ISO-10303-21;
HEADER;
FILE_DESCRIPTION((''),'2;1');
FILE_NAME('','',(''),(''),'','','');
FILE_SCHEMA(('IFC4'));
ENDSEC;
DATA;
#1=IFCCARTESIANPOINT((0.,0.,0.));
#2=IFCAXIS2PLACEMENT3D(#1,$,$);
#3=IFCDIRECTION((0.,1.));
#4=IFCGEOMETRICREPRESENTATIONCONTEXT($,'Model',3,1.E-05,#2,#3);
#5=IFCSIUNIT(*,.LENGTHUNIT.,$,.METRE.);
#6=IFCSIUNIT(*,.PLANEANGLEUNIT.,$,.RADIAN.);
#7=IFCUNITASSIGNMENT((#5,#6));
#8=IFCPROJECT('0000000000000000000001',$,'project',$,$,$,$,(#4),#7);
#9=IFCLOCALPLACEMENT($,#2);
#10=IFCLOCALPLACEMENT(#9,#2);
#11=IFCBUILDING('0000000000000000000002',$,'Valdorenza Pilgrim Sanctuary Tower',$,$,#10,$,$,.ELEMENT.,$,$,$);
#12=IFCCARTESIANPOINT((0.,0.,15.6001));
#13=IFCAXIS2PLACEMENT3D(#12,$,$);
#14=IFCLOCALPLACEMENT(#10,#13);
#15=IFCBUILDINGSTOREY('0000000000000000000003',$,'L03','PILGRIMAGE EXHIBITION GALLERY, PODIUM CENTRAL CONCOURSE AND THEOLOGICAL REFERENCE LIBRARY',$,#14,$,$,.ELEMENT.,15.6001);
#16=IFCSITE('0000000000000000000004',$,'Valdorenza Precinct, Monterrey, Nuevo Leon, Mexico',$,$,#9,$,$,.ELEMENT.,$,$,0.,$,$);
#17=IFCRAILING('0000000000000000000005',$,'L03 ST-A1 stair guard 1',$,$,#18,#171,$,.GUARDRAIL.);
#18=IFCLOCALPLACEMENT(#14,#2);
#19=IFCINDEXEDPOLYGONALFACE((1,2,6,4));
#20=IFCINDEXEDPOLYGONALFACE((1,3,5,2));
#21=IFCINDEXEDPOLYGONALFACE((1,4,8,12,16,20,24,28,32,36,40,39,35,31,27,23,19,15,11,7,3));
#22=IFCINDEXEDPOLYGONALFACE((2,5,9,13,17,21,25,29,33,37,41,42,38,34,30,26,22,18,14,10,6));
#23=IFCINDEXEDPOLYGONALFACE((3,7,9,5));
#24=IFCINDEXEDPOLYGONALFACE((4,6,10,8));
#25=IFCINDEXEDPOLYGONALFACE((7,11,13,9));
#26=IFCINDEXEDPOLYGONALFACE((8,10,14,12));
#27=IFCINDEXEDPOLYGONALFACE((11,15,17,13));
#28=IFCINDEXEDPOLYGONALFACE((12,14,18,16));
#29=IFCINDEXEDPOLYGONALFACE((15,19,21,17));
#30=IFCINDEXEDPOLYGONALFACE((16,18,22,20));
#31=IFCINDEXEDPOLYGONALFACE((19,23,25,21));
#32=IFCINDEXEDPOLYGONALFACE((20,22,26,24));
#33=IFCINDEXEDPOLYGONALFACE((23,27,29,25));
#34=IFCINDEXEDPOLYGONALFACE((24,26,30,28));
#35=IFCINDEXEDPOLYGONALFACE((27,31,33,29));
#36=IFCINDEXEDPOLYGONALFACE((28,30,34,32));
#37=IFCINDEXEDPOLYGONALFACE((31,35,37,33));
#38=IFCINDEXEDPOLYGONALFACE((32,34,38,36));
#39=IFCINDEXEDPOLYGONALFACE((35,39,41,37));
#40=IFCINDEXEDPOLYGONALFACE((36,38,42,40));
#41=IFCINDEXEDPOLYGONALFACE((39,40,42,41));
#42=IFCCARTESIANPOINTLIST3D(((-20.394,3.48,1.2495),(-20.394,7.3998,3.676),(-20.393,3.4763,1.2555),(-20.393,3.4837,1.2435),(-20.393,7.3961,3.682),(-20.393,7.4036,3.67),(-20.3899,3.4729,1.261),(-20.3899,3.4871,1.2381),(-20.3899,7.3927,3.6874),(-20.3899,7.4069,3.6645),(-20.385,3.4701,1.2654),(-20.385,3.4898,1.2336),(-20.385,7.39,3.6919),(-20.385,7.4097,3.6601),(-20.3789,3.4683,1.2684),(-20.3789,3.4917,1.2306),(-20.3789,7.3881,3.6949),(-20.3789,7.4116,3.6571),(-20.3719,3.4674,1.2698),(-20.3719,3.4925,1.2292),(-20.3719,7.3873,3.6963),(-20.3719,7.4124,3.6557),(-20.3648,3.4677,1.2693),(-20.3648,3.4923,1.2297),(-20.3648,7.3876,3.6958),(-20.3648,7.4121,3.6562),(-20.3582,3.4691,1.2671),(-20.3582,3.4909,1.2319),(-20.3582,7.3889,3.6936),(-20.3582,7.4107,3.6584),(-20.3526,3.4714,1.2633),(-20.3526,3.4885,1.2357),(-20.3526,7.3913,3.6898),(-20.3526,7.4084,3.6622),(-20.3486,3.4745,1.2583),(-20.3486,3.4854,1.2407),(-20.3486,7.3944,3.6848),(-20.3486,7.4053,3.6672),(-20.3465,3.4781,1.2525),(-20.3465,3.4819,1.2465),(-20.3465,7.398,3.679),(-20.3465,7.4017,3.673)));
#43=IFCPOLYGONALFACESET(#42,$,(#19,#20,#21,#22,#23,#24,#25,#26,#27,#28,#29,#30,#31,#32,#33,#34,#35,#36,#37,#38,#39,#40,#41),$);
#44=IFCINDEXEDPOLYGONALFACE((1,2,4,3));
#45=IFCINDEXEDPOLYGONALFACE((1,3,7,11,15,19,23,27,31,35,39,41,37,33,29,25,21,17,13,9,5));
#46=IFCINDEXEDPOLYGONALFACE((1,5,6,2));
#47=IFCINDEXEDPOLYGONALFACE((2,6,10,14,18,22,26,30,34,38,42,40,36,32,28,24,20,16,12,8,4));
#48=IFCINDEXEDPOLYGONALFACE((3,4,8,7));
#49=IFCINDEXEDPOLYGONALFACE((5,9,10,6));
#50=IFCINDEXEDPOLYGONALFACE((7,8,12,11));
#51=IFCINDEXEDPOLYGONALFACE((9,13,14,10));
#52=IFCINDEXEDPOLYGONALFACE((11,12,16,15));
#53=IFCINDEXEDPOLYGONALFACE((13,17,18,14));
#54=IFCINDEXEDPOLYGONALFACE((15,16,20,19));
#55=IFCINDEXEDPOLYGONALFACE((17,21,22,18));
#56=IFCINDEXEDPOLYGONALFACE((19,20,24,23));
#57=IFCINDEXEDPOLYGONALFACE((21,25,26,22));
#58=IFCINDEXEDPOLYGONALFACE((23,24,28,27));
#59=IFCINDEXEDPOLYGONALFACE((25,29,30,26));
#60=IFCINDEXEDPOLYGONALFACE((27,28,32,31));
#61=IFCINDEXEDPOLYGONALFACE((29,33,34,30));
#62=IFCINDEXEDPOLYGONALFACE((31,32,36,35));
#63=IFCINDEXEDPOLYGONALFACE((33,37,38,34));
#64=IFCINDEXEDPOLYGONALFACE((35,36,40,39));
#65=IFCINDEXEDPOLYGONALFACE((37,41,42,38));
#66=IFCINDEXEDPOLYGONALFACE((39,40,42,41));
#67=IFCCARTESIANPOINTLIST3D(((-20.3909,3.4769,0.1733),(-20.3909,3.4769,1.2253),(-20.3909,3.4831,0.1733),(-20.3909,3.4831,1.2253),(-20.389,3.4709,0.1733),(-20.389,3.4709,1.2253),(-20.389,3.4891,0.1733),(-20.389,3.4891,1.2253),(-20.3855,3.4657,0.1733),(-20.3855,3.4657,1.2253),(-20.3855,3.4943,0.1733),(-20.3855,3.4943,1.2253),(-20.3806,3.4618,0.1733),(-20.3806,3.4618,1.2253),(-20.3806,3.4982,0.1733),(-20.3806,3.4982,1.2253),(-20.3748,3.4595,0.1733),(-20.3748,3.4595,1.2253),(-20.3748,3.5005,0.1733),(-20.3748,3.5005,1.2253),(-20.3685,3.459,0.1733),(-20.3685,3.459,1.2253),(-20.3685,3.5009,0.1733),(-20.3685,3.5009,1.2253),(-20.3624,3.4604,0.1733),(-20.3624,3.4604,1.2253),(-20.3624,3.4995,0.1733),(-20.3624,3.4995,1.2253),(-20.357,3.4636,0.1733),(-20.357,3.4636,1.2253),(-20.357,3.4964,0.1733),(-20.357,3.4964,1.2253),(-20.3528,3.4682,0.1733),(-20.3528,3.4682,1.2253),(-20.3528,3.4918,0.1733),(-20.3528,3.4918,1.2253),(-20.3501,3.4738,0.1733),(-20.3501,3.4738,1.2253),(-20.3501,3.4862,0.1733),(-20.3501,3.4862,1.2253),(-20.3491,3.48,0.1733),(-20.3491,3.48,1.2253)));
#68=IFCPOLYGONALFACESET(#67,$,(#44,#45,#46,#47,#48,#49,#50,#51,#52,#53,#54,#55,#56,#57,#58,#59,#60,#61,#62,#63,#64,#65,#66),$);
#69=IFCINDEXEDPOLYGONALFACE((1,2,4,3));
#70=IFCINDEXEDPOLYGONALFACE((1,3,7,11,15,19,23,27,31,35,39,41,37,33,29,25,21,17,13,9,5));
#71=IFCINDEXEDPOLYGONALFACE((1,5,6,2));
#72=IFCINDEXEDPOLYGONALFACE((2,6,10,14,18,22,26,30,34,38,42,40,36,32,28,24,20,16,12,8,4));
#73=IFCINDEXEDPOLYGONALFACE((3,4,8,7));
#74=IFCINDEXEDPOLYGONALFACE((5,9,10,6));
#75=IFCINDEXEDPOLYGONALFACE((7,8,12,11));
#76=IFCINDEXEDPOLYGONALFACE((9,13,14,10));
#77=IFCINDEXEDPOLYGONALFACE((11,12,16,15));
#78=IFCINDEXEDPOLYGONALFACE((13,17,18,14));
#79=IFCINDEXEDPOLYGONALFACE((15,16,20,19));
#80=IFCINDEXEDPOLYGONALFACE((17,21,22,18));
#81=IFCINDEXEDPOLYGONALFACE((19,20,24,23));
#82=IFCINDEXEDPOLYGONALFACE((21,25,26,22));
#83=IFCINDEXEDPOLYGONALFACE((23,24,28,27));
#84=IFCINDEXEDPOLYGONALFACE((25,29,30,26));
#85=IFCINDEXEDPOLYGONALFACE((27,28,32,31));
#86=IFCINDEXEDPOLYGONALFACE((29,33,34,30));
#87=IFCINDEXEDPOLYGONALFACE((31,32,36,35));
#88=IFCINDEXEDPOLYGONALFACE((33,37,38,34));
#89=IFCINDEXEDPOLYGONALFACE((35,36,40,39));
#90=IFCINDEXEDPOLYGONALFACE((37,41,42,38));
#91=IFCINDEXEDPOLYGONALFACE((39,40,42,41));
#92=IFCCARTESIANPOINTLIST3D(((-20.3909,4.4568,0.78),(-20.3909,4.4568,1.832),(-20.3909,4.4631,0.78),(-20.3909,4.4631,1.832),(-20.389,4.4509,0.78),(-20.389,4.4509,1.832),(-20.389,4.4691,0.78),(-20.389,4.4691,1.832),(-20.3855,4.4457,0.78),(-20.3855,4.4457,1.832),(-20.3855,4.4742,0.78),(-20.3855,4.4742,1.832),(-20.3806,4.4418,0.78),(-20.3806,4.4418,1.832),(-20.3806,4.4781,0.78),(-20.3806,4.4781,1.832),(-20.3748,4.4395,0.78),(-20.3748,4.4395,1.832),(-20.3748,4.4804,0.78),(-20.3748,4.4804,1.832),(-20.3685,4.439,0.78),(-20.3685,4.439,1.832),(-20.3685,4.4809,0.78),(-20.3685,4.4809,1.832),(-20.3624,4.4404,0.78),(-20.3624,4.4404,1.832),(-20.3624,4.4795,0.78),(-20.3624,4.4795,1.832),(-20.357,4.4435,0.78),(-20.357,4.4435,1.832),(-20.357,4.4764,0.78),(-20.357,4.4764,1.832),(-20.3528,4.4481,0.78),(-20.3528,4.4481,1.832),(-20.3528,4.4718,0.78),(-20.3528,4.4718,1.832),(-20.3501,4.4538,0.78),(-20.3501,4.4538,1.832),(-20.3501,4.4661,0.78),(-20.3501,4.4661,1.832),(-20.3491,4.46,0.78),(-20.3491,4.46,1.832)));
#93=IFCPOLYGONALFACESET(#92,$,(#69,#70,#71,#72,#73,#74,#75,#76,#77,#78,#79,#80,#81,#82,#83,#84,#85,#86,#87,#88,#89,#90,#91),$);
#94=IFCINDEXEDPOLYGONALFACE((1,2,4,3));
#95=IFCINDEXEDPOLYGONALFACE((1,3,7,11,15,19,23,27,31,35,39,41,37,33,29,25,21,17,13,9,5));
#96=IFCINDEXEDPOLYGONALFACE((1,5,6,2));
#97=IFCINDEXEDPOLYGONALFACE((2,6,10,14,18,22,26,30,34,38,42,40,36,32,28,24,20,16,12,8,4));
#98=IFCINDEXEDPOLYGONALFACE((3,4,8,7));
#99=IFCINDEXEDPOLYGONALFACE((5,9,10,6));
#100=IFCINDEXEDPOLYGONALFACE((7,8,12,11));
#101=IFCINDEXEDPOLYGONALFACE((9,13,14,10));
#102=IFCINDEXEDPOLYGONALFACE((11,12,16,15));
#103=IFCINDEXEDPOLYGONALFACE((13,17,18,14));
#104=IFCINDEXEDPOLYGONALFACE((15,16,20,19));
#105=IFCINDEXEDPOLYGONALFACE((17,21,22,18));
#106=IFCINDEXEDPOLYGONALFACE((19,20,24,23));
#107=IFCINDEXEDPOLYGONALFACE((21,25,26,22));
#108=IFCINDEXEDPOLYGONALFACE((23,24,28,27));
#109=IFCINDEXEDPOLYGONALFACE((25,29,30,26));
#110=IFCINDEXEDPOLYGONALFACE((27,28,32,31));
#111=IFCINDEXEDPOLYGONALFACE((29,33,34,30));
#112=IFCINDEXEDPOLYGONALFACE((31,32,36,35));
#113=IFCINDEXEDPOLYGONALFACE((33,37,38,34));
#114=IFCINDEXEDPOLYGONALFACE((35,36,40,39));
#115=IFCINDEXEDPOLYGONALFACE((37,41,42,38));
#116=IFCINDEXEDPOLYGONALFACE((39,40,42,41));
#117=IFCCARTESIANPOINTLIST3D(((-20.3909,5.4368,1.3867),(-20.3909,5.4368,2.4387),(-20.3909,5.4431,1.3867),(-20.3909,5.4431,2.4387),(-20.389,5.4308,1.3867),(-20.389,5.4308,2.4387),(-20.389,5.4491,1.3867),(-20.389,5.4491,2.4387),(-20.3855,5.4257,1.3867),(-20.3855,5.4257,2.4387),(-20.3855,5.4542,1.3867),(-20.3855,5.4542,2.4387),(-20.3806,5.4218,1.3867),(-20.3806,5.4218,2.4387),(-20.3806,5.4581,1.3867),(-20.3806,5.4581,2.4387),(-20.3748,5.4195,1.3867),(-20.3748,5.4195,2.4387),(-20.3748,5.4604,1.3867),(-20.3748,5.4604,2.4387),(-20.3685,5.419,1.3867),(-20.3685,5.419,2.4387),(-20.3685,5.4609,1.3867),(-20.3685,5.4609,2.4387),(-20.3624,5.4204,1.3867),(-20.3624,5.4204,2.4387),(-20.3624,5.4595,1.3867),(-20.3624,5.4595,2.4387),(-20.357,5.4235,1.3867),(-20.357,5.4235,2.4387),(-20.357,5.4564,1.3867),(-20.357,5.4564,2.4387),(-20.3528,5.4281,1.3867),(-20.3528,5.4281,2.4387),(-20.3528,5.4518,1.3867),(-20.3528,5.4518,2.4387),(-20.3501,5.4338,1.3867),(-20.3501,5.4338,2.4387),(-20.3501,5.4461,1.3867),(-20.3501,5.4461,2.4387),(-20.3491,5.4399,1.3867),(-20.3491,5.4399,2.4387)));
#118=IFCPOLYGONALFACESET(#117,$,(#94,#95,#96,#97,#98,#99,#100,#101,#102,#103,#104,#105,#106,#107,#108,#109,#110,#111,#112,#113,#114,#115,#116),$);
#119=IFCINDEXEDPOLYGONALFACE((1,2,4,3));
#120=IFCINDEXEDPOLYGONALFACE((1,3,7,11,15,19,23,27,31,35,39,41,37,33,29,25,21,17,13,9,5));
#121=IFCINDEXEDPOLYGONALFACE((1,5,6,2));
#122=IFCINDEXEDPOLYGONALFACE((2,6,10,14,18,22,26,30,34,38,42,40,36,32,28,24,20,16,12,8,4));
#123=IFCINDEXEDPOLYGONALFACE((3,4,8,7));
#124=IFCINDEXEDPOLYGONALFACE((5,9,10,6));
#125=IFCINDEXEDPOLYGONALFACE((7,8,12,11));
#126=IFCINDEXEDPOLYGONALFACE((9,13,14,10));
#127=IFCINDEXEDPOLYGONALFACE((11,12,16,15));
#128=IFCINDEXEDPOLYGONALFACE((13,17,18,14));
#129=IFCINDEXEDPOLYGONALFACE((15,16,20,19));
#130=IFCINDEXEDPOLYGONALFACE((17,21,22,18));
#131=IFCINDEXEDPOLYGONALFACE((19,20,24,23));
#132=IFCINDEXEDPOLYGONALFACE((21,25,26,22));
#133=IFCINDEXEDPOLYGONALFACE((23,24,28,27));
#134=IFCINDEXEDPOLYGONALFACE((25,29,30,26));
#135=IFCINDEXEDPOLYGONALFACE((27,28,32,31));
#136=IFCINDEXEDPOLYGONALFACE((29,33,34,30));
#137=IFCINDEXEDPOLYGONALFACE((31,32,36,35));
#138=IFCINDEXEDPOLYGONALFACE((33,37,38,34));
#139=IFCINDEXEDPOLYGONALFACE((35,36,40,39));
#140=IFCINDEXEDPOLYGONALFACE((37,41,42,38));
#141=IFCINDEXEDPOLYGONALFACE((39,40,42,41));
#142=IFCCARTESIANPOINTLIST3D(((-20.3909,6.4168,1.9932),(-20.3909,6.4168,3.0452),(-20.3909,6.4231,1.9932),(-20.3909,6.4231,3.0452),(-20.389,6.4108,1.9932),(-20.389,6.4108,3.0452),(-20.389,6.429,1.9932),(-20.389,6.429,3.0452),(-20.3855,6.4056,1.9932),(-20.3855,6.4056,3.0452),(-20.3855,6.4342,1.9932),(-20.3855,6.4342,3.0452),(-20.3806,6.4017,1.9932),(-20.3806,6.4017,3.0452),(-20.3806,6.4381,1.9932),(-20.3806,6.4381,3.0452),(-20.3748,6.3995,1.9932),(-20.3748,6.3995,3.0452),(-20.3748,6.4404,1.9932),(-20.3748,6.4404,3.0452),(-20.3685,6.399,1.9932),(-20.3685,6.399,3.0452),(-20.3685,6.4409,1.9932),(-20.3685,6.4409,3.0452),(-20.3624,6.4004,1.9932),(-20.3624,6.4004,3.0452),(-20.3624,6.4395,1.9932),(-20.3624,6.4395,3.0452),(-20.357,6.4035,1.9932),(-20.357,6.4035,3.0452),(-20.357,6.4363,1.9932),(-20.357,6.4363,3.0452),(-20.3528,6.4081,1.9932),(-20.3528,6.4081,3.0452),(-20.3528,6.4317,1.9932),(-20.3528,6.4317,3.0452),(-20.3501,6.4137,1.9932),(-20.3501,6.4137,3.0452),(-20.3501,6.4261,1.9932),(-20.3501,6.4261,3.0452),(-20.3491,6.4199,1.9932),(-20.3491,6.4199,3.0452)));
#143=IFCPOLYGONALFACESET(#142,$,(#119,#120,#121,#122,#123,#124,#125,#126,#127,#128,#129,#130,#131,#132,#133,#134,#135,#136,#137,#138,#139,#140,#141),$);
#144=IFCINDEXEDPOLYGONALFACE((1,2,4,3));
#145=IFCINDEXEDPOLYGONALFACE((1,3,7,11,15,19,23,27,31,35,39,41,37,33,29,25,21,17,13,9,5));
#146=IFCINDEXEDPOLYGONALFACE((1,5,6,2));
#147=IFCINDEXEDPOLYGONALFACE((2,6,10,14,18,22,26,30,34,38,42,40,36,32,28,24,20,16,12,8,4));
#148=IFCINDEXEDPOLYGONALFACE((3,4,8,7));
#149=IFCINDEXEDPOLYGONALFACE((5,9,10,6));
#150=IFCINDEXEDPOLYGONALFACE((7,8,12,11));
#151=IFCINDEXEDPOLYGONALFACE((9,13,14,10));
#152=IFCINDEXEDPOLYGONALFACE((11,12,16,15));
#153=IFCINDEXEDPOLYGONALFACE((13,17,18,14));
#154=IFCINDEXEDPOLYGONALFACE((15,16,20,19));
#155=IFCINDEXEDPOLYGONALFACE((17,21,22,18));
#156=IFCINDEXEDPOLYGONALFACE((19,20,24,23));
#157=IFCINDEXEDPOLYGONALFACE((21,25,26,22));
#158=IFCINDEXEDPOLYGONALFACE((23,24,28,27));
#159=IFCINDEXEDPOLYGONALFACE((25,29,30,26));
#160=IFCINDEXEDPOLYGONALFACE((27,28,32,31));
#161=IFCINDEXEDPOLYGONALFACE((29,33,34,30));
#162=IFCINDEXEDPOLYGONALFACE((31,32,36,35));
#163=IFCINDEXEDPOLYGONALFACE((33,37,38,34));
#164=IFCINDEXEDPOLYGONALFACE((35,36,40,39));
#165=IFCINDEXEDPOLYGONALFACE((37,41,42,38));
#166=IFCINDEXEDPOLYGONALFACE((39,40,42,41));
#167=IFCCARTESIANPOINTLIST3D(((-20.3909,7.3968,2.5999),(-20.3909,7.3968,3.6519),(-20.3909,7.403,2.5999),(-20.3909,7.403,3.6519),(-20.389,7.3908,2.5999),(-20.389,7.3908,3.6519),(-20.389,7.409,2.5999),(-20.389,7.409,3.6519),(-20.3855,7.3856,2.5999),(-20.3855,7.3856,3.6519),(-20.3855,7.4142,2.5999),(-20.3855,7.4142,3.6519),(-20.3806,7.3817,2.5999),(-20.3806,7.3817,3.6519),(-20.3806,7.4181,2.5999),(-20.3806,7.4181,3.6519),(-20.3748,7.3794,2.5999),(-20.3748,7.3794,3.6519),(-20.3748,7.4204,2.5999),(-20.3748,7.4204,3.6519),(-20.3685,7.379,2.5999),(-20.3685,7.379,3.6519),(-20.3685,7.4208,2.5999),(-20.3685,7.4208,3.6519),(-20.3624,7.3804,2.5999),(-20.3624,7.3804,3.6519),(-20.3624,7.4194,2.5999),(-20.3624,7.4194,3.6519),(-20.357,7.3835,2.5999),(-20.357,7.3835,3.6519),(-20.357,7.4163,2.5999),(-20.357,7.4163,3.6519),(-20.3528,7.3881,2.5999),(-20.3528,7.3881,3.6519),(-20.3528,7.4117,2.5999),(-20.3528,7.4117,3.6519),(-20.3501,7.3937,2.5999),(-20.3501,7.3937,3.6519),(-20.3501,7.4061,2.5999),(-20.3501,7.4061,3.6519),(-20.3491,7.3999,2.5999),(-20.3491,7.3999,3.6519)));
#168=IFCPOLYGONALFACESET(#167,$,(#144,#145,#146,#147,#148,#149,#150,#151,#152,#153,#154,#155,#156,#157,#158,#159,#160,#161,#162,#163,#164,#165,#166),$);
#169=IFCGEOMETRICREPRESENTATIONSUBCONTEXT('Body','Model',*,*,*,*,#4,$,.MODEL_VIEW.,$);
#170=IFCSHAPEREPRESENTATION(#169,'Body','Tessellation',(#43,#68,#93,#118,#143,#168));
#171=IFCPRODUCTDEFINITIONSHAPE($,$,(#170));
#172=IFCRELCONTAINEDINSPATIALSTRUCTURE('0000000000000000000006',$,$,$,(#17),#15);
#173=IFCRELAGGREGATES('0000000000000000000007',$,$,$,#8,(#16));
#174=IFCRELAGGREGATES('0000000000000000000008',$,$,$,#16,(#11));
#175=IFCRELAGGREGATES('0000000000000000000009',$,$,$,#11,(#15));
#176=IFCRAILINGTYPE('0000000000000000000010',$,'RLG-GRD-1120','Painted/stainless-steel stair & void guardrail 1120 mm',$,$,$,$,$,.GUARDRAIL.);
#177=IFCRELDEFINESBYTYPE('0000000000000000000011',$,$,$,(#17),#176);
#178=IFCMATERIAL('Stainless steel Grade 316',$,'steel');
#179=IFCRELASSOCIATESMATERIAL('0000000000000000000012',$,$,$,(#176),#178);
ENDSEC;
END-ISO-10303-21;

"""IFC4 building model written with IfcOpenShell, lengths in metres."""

from ifc_helpers import new_model, si_unit, direction, frame, origin, origin_2d, place, context, subcontext, project, spatial, circle, extrude, material, type_object, element, save


model = new_model("IFC4")

# Units and contexts
model_context = context("Model", 3, precision=1e-05, world=origin(), true_north=direction((0.0, 1.0)))
body_context = subcontext(model_context, "Body", "Model", "MODEL_VIEW")
ifc_project = project(units=[si_unit("LENGTHUNIT", "METRE"), si_unit("PLANEANGLEUNIT", "RADIAN")], contexts=[model_context])

# Site, building, storey
site_placement = place(None, origin())
site = spatial("IfcSite", under=ifc_project, at=site_placement, Name="Valdorenza Precinct, Monterrey, Nuevo Leon, Mexico", CompositionType="ELEMENT", RefElevation=0.0)
building_placement = place(site_placement, origin())
building = spatial("IfcBuilding", under=site, at=building_placement, Name="Valdorenza Pilgrim Sanctuary Tower", CompositionType="ELEMENT")
storey_placement = place(building_placement, frame((0.0, 0.0, 15.6001)))
storey = spatial("IfcBuildingStorey", under=building, at=storey_placement, Name="L03", Description="PILGRIMAGE EXHIBITION GALLERY, PODIUM CENTRAL CONCOURSE AND THEOLOGICAL REFERENCE LIBRARY", CompositionType="ELEMENT", Elevation=15.6001)

# Railing
ifc_material_1 = material(Name="Stainless steel Grade 316", Category="steel")
railing_type_1 = type_object("IfcRailingType", Name="RLG-GRD-1120", Description="Painted/stainless-steel stair & void guardrail 1120 mm", PredefinedType="GUARDRAIL", material=ifc_material_1)
railing_1_placement = place(storey_placement, frame((-20.3701, 3.48, 0.1733)))
element("IfcRailing", 1, at=railing_1_placement, inside=storey, type_object=railing_type_1, Name="L03 ST-A1 stair guard 1", PredefinedType="GUARDRAIL", context=body_context, shape_type="SweptSolid", body=[
    extrude(circle(Radius=0.0239, at=origin_2d()), frame((0.0, 0.0, 1.0762), z_axis=(0.0, 0.850275, 0.526338), x_axis=(-1.0, 0.0, 0.0)), (0.0, 0.0, 1.0), 4.6101),
    extrude(circle(Radius=0.021, at=origin_2d()), origin(), (0.0, 0.0, 1.0), 1.052),
    extrude(circle(Radius=0.021, at=origin_2d()), frame((0.0, 0.98, 0.6067)), (0.0, 0.0, 1.0), 1.052),
    extrude(circle(Radius=0.021, at=origin_2d()), frame((0.0, 1.96, 1.2134)), (0.0, 0.0, 1.0), 1.052),
    extrude(circle(Radius=0.021, at=origin_2d()), frame((0.0, 2.9399, 1.8198)), (0.0, 0.0, 1.0), 1.052),
    extrude(circle(Radius=0.021, at=origin_2d()), frame((0.0, 3.9199, 2.4265)), (0.0, 0.0, 1.0), 1.052),
])

save(model, "model.ifc")
